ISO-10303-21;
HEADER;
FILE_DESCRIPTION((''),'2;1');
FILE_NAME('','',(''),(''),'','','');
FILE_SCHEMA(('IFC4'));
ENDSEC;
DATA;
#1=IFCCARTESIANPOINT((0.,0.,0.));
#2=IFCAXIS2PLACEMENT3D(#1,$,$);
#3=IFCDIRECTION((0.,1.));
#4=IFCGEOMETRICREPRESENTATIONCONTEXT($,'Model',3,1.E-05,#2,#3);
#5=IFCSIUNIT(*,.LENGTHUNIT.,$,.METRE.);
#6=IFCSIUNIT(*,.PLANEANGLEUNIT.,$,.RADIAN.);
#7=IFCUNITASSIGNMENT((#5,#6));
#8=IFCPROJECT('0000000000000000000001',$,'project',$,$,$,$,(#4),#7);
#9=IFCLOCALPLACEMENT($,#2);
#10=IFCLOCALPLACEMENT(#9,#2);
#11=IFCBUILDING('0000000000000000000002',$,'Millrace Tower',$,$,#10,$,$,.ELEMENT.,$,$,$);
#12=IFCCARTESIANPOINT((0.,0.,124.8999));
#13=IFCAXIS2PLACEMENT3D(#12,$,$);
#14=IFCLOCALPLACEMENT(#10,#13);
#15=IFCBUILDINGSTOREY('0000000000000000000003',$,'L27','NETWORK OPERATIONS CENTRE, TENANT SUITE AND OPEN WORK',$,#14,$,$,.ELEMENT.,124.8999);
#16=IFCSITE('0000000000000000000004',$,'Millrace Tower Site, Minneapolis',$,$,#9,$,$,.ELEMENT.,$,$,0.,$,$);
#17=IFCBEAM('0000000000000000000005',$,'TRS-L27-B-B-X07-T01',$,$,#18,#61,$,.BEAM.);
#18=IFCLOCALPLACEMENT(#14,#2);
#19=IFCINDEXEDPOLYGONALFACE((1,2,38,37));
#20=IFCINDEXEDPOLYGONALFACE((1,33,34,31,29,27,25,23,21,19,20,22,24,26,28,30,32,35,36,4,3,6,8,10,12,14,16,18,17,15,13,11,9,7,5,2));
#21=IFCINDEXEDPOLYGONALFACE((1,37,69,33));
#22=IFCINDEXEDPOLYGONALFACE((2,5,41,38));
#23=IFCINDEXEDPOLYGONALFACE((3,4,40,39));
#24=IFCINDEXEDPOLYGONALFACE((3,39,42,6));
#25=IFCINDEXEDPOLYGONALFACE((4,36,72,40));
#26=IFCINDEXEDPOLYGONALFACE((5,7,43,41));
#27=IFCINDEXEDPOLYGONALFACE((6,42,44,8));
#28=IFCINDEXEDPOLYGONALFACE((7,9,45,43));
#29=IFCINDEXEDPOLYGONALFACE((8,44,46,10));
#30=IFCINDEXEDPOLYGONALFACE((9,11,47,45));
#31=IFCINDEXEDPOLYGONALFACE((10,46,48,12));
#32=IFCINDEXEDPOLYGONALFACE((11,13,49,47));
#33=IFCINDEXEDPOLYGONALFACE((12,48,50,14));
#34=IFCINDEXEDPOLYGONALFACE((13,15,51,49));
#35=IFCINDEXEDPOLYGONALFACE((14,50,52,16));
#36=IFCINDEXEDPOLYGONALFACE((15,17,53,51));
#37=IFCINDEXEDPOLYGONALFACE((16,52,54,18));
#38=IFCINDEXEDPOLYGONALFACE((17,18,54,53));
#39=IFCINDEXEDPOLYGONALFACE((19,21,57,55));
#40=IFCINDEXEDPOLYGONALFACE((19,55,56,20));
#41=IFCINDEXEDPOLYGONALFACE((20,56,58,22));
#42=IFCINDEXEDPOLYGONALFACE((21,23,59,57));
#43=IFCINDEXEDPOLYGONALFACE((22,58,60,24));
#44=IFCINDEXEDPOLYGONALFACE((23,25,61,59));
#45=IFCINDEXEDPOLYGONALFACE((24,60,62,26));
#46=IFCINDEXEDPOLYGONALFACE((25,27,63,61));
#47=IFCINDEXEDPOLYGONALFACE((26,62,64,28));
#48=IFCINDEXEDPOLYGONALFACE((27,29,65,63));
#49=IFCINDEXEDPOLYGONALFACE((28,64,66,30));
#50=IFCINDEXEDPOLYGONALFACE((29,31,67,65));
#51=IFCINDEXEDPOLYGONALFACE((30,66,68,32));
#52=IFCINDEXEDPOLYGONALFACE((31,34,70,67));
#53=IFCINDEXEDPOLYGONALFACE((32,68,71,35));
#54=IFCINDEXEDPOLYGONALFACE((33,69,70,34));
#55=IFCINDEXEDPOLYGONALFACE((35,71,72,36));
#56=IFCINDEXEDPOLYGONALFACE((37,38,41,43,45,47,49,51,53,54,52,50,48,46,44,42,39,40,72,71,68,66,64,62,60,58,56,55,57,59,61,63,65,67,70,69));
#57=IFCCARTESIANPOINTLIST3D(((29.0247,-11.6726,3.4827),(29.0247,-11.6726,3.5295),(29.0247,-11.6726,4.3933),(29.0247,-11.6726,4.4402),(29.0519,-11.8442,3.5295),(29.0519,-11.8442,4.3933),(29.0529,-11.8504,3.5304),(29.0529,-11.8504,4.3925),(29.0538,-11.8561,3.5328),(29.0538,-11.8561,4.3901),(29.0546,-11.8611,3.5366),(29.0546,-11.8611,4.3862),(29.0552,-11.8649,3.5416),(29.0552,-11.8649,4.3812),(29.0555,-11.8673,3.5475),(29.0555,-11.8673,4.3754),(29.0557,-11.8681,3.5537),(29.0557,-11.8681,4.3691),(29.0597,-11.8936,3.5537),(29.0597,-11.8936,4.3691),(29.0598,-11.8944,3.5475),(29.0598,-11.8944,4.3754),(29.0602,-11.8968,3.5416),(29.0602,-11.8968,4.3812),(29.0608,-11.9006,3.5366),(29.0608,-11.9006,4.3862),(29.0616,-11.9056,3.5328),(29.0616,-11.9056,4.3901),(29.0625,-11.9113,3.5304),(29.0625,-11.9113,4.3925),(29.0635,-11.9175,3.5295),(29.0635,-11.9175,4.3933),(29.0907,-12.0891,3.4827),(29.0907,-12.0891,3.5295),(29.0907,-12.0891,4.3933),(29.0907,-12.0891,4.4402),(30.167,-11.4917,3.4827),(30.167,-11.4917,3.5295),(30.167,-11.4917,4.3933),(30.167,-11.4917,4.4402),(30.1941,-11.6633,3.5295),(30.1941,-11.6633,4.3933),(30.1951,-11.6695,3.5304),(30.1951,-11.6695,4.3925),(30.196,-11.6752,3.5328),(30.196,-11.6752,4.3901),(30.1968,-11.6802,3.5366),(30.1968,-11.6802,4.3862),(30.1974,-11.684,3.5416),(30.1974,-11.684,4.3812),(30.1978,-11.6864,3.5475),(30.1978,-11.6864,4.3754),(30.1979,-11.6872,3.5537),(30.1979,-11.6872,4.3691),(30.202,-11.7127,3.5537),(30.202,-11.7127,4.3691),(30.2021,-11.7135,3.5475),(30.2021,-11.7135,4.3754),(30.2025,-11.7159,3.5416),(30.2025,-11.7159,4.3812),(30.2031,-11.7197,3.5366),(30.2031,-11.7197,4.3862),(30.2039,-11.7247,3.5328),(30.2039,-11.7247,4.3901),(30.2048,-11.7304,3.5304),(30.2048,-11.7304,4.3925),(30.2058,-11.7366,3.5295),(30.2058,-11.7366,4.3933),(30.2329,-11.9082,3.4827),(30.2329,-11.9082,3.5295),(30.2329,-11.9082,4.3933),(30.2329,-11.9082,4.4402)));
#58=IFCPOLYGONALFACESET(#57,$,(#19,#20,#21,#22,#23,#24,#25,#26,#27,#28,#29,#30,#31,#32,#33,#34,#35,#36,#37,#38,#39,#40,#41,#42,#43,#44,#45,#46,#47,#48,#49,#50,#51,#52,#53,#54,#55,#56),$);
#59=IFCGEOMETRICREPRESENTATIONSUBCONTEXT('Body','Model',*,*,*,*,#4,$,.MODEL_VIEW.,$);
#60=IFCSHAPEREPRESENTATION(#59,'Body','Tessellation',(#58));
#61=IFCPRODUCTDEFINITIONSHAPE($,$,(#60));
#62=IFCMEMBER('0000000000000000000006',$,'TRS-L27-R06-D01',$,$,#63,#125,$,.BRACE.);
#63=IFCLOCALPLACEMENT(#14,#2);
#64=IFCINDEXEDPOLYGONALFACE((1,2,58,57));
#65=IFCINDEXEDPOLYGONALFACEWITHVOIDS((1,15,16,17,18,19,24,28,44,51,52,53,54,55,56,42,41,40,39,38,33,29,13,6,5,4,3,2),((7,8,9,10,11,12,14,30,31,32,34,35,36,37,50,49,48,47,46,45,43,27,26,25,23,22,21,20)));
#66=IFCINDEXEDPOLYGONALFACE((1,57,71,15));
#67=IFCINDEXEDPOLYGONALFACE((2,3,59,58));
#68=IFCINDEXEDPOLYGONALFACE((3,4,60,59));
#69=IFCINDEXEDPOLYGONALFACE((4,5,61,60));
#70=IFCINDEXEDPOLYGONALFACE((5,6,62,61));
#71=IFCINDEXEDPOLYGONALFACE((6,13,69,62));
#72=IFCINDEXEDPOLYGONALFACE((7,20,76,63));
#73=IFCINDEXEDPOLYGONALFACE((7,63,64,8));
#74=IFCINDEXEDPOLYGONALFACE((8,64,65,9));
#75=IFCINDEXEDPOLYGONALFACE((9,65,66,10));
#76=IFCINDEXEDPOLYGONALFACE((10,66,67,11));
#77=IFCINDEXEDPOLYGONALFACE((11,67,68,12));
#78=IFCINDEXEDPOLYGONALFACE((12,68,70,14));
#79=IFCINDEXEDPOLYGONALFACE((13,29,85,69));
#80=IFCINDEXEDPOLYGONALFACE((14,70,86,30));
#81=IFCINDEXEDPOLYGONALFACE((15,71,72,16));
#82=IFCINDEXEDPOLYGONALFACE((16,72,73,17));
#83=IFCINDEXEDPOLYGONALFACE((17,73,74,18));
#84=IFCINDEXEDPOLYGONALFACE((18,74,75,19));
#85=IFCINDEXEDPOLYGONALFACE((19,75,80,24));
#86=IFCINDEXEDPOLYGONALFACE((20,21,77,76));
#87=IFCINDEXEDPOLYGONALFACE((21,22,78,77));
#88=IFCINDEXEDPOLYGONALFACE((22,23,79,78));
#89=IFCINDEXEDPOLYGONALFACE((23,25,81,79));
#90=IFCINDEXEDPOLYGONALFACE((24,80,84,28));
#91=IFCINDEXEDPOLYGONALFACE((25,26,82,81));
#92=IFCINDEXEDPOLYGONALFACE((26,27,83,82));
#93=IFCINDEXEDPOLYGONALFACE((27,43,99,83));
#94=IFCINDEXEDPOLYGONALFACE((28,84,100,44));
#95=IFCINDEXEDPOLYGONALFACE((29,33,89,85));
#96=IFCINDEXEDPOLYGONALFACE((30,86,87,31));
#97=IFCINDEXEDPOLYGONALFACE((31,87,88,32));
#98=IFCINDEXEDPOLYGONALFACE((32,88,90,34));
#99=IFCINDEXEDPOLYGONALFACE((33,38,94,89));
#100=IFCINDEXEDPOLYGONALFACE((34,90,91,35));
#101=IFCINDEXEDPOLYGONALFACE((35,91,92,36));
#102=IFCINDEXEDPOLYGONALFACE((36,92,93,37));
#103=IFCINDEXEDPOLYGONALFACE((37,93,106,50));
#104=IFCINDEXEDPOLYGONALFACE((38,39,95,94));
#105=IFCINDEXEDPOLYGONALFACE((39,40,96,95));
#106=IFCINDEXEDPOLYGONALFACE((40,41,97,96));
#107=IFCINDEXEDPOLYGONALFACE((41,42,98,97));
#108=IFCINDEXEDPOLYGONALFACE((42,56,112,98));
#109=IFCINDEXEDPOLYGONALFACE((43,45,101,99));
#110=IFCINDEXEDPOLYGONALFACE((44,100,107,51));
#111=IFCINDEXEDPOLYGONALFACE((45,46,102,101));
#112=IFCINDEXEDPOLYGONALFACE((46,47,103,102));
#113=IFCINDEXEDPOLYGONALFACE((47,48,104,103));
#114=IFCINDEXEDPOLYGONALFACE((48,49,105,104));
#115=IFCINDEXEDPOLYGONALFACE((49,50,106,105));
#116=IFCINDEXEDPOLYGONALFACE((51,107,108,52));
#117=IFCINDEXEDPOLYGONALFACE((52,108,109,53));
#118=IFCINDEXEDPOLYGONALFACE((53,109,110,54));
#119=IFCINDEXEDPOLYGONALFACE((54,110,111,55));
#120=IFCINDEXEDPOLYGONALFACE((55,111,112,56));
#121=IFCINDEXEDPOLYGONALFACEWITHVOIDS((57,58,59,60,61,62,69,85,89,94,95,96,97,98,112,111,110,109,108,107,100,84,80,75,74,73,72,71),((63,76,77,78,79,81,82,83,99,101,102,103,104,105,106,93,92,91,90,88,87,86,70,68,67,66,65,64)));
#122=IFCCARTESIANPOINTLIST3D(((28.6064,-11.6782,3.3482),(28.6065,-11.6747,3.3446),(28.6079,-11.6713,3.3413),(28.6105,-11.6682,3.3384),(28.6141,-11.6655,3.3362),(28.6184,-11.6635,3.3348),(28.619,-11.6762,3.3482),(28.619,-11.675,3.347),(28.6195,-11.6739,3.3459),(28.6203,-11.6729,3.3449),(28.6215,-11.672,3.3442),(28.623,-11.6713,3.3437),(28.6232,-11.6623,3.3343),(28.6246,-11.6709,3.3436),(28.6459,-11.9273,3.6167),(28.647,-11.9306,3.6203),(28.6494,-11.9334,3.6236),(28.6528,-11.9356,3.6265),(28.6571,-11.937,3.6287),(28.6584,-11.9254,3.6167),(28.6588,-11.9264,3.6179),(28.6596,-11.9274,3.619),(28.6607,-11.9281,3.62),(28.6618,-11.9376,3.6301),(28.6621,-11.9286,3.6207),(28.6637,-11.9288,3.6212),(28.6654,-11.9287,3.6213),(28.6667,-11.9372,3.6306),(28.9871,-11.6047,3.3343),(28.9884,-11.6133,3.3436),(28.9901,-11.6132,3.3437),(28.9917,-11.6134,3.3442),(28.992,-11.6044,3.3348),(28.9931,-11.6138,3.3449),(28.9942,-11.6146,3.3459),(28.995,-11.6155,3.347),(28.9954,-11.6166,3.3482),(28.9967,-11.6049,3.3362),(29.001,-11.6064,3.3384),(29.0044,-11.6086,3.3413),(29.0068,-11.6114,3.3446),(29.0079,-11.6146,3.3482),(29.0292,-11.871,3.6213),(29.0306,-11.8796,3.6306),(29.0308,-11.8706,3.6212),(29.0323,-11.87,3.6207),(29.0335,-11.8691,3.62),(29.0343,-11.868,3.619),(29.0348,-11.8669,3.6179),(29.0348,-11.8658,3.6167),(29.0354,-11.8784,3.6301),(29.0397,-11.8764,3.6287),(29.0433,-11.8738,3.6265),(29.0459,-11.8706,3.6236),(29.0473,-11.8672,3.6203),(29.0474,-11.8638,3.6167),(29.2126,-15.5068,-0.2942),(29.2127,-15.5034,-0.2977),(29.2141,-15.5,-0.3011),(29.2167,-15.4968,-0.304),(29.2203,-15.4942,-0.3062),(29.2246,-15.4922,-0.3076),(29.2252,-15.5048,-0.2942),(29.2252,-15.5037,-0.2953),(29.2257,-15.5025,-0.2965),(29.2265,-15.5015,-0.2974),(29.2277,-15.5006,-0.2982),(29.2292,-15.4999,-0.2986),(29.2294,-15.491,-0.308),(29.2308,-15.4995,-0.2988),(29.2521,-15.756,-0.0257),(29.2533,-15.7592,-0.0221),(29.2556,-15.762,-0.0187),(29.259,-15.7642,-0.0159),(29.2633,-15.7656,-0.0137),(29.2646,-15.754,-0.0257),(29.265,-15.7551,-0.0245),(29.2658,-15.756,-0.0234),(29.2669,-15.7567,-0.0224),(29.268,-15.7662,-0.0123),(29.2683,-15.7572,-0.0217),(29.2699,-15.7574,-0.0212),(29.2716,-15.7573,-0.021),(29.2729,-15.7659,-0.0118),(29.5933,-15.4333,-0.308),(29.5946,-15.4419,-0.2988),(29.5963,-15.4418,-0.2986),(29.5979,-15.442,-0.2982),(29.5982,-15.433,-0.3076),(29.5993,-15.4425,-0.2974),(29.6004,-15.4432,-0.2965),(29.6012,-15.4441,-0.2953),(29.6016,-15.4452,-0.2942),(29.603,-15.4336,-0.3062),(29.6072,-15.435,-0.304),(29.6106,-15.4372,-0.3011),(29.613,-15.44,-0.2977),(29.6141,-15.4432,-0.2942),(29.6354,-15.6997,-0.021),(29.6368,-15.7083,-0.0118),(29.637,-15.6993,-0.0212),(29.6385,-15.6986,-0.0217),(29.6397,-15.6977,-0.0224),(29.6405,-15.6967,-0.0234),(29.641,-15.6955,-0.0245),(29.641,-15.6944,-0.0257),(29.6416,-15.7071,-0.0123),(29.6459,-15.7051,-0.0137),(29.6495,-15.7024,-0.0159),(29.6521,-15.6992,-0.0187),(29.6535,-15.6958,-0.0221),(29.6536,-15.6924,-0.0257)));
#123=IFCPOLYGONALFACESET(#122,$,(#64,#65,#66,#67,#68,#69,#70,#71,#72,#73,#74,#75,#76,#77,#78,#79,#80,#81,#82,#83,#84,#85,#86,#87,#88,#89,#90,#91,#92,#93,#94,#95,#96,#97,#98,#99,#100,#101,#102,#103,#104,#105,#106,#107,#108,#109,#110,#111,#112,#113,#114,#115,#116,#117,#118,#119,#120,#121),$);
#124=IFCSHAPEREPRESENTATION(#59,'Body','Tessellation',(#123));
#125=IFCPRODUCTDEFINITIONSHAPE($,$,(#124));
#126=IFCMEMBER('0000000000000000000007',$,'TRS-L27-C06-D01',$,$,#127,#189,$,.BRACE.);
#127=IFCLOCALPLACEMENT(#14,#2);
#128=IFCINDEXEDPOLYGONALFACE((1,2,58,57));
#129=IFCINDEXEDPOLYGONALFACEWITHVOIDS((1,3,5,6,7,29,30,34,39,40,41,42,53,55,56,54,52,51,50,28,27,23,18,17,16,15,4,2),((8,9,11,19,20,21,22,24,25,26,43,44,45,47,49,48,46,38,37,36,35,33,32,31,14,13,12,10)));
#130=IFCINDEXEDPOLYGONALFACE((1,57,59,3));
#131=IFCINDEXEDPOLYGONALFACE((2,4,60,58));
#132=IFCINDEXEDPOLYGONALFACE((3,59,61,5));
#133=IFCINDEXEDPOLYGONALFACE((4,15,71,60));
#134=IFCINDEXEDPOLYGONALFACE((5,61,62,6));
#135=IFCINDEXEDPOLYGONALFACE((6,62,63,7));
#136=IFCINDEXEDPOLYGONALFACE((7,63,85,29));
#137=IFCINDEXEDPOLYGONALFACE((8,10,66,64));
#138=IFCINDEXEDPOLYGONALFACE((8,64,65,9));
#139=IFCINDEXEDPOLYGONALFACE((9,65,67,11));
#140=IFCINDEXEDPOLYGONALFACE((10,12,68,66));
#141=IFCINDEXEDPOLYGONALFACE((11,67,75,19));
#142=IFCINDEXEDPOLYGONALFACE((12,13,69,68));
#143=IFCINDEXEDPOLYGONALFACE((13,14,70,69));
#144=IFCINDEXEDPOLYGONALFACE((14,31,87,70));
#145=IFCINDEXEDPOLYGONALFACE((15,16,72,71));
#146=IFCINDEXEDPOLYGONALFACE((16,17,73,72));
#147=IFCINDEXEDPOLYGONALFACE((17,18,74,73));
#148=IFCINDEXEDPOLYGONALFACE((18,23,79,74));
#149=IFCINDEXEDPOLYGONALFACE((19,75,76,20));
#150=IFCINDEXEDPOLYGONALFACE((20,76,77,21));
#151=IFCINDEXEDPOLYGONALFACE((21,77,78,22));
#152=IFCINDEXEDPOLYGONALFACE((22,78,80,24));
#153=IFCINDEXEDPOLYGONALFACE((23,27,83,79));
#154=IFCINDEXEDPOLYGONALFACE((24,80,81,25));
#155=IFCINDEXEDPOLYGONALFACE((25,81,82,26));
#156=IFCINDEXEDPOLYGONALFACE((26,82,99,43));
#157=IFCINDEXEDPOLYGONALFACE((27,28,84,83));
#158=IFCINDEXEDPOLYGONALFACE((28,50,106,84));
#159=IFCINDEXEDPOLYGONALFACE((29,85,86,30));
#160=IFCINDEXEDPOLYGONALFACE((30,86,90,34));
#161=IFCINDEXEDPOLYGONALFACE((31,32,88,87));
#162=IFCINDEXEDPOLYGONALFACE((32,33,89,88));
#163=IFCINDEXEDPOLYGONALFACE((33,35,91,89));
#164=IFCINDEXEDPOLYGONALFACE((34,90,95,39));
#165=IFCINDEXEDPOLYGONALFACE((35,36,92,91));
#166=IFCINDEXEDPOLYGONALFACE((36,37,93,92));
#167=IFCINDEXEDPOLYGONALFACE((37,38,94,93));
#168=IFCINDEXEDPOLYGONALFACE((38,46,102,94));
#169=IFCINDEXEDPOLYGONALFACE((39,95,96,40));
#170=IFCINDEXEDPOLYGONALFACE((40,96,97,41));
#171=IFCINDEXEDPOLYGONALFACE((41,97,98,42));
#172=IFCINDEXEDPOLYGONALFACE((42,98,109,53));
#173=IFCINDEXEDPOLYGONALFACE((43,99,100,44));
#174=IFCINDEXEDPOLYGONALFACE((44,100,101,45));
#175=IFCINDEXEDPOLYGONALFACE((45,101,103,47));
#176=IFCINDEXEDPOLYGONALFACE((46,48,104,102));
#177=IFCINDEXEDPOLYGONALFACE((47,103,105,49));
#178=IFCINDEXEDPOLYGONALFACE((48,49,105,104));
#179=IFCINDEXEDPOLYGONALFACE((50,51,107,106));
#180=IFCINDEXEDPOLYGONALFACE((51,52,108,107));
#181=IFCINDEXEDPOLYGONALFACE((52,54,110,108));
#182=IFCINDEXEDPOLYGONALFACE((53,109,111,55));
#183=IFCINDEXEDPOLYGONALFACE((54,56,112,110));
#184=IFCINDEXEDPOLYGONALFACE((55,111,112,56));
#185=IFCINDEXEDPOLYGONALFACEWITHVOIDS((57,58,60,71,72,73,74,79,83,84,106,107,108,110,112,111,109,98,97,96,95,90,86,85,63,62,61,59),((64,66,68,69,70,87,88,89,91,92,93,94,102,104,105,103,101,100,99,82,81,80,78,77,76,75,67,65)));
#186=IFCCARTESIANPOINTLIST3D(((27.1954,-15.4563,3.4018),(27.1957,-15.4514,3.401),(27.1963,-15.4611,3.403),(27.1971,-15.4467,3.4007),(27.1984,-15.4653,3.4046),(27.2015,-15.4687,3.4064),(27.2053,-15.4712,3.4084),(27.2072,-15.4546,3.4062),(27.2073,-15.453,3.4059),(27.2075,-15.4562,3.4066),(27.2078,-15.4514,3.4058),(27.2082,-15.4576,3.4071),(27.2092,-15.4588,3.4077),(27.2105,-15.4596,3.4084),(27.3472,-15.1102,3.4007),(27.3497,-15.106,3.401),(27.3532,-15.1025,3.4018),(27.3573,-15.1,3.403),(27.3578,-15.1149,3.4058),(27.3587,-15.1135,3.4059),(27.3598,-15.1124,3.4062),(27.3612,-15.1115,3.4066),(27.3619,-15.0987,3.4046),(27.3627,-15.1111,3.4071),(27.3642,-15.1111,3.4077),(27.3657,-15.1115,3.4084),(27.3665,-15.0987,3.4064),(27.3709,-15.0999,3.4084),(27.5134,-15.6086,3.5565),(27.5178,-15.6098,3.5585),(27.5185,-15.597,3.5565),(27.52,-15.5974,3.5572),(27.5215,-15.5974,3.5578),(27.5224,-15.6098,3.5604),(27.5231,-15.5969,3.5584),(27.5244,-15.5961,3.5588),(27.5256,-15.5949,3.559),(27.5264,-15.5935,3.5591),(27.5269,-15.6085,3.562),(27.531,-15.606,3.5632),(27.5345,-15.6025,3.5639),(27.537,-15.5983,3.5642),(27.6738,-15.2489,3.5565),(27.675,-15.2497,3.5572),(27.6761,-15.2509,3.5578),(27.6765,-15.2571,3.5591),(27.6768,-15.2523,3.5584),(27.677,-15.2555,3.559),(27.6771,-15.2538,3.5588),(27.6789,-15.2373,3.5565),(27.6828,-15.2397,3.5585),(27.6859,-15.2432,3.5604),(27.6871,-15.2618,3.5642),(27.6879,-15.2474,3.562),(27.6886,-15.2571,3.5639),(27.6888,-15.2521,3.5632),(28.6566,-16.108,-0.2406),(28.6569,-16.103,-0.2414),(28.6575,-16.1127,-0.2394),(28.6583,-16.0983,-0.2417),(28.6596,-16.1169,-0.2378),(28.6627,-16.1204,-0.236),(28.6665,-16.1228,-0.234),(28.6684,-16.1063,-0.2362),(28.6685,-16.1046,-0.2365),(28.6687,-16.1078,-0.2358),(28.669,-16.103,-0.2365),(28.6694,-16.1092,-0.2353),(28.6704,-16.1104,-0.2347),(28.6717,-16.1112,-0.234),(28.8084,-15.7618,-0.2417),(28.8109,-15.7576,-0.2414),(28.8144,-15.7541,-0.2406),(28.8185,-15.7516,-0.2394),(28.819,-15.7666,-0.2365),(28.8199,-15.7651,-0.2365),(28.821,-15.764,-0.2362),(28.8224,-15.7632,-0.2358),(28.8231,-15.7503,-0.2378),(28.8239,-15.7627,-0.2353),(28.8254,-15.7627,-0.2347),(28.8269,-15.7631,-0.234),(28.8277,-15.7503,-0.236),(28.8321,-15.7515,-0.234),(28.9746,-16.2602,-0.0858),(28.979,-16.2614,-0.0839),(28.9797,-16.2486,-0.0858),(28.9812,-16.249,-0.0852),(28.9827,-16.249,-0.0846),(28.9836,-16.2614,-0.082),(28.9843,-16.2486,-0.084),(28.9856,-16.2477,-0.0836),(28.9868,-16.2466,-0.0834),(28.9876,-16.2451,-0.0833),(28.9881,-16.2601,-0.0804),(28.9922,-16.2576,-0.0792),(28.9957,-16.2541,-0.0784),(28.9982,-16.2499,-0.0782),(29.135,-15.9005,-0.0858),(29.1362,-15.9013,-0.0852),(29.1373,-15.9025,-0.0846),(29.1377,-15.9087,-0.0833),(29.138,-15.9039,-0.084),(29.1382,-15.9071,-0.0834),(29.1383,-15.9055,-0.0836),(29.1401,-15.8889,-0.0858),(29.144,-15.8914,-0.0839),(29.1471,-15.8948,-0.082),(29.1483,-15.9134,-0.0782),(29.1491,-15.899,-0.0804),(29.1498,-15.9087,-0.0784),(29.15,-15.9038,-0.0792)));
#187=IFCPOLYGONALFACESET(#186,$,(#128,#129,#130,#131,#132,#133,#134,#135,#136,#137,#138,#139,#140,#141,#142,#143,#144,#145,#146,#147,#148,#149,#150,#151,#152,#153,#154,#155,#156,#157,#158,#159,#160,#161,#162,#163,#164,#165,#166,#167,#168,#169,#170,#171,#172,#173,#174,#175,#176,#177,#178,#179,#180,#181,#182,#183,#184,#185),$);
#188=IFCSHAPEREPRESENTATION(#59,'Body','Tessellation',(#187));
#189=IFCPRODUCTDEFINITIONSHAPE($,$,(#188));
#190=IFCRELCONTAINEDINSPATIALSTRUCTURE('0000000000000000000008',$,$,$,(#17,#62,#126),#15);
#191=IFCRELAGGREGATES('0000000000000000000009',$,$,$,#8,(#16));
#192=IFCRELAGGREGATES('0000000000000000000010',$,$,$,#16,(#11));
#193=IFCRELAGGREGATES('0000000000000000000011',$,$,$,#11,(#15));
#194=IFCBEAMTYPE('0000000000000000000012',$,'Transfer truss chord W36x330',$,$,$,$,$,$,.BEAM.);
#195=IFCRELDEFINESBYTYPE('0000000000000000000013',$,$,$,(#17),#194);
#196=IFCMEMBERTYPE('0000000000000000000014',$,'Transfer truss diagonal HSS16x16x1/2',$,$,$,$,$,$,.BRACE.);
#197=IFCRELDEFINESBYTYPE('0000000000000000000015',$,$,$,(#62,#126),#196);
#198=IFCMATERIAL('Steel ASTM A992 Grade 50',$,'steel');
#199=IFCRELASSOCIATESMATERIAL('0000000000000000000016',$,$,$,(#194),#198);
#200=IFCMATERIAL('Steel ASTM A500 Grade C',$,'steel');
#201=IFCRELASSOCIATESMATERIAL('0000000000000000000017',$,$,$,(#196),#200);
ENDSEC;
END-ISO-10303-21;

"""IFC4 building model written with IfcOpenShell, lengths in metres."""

from ifc_helpers import new_model, si_unit, direction, frame, origin, origin_2d, place, context, subcontext, project, spatial, hollow_rectangle, i_section, extrude, material, material_profile, profile_set, type_object, element, save


model = new_model("IFC4")

# Units and contexts
model_context = context("Model", 3, precision=1e-05, world=origin(), true_north=direction((0.0, 1.0)))
body_context = subcontext(model_context, "Body", "Model", "MODEL_VIEW")
ifc_project = project(units=[si_unit("LENGTHUNIT", "METRE"), si_unit("PLANEANGLEUNIT", "RADIAN")], contexts=[model_context])

# Site, building, storey
site_placement = place(None, origin())
site = spatial("IfcSite", under=ifc_project, at=site_placement, Name="Millrace Tower Site, Minneapolis", CompositionType="ELEMENT", RefElevation=0.0)
building_placement = place(site_placement, origin())
building = spatial("IfcBuilding", under=site, at=building_placement, Name="Millrace Tower", CompositionType="ELEMENT")
storey_placement = place(building_placement, frame((0.0, 0.0, 124.8999)))
storey = spatial("IfcBuildingStorey", under=building, at=storey_placement, Name="L27", Description="NETWORK OPERATIONS CENTRE, TENANT SUITE AND OPEN WORK", CompositionType="ELEMENT", Elevation=124.8999)

# Beam
ifc_material_1 = material(Name="Steel ASTM A992 Grade 50", Category="steel")
ifc_material_profile_1 = material_profile(ifc_material_1, i_section(OverallWidth=0.4216, OverallDepth=0.9575, WebThickness=0.0259, FlangeThickness=0.0469, FilletRadius=0.0242, at=origin_2d()))
ifc_profile_set_1 = profile_set([ifc_material_profile_1], Name="Steel ASTM A992 Grade 50")
beam_type_1 = type_object("IfcBeamType", Name="Transfer truss chord W36x330", PredefinedType="BEAM", material=ifc_profile_set_1)
for number, where, z_axis, x_axis, name in (
    (1, (30.2, -11.7, 3.9614), (-0.987691, -0.156418, 0.0), (0.156418, -0.987691, 0.0), "TRS-L27-B-B-X07-T01"),
):
    element("IfcBeam", number, at=place(storey_placement, frame(where, z_axis=z_axis, x_axis=x_axis)), inside=storey, type_object=beam_type_1, Name=name, PredefinedType="BEAM", context=body_context, shape_type="SweptSolid", body=[
        extrude(i_section(OverallWidth=0.4216, OverallDepth=0.9575, WebThickness=0.0259, FlangeThickness=0.0469, FilletRadius=0.0242, at=origin_2d()), origin(), (0.0, 0.0, 1.0), 1.1565),
    ])

# Members
ifc_material_2 = material(Name="Steel ASTM A500 Grade C", Category="steel")
ifc_material_profile_2 = material_profile(ifc_material_2, hollow_rectangle(XDim=0.4065, YDim=0.4065, WallThickness=0.0127, InnerFilletRadius=0.0063, OuterFilletRadius=0.019, at=origin_2d()))
ifc_profile_set_2 = profile_set([ifc_material_profile_2], Name="Steel ASTM A500 Grade C")
member_type_1 = type_object("IfcMemberType", Name="Transfer truss diagonal HSS16x16x1/2", PredefinedType="BRACE", material=ifc_profile_set_2)
member_1_placement = place(storey_placement, frame((29.4331, -15.5996, -0.1599), z_axis=(-0.113968, 0.719792, 0.684771), x_axis=(-0.987696, -0.156386, 0.0)))
element("IfcMember", 2, at=member_1_placement, inside=storey, type_object=member_type_1, Name="TRS-L27-R06-D01", PredefinedType="BRACE", context=body_context, shape_type="SweptSolid", body=[
    extrude(hollow_rectangle(XDim=0.4065, YDim=0.4065, WallThickness=0.0127, InnerFilletRadius=0.0063, OuterFilletRadius=0.019, at=origin_2d()), origin(), (0.0, 0.0, 1.0), 5.3191),
])
member_2_placement = place(storey_placement, frame((28.9033, -16.0059, -0.1599), z_axis=(-0.367295, 0.163795, 0.915568), x_axis=(-0.407285, -0.913301, 0.0)))
element("IfcMember", 3, at=member_2_placement, inside=storey, type_object=member_type_1, Name="TRS-L27-C06-D01", PredefinedType="BRACE", context=body_context, shape_type="SweptSolid", body=[
    extrude(hollow_rectangle(XDim=0.4065, YDim=0.4065, WallThickness=0.0127, InnerFilletRadius=0.0063, OuterFilletRadius=0.019, at=origin_2d()), origin(), (0.0, 0.0, 1.0), 3.9783),
])

save(model, "model.ifc")
